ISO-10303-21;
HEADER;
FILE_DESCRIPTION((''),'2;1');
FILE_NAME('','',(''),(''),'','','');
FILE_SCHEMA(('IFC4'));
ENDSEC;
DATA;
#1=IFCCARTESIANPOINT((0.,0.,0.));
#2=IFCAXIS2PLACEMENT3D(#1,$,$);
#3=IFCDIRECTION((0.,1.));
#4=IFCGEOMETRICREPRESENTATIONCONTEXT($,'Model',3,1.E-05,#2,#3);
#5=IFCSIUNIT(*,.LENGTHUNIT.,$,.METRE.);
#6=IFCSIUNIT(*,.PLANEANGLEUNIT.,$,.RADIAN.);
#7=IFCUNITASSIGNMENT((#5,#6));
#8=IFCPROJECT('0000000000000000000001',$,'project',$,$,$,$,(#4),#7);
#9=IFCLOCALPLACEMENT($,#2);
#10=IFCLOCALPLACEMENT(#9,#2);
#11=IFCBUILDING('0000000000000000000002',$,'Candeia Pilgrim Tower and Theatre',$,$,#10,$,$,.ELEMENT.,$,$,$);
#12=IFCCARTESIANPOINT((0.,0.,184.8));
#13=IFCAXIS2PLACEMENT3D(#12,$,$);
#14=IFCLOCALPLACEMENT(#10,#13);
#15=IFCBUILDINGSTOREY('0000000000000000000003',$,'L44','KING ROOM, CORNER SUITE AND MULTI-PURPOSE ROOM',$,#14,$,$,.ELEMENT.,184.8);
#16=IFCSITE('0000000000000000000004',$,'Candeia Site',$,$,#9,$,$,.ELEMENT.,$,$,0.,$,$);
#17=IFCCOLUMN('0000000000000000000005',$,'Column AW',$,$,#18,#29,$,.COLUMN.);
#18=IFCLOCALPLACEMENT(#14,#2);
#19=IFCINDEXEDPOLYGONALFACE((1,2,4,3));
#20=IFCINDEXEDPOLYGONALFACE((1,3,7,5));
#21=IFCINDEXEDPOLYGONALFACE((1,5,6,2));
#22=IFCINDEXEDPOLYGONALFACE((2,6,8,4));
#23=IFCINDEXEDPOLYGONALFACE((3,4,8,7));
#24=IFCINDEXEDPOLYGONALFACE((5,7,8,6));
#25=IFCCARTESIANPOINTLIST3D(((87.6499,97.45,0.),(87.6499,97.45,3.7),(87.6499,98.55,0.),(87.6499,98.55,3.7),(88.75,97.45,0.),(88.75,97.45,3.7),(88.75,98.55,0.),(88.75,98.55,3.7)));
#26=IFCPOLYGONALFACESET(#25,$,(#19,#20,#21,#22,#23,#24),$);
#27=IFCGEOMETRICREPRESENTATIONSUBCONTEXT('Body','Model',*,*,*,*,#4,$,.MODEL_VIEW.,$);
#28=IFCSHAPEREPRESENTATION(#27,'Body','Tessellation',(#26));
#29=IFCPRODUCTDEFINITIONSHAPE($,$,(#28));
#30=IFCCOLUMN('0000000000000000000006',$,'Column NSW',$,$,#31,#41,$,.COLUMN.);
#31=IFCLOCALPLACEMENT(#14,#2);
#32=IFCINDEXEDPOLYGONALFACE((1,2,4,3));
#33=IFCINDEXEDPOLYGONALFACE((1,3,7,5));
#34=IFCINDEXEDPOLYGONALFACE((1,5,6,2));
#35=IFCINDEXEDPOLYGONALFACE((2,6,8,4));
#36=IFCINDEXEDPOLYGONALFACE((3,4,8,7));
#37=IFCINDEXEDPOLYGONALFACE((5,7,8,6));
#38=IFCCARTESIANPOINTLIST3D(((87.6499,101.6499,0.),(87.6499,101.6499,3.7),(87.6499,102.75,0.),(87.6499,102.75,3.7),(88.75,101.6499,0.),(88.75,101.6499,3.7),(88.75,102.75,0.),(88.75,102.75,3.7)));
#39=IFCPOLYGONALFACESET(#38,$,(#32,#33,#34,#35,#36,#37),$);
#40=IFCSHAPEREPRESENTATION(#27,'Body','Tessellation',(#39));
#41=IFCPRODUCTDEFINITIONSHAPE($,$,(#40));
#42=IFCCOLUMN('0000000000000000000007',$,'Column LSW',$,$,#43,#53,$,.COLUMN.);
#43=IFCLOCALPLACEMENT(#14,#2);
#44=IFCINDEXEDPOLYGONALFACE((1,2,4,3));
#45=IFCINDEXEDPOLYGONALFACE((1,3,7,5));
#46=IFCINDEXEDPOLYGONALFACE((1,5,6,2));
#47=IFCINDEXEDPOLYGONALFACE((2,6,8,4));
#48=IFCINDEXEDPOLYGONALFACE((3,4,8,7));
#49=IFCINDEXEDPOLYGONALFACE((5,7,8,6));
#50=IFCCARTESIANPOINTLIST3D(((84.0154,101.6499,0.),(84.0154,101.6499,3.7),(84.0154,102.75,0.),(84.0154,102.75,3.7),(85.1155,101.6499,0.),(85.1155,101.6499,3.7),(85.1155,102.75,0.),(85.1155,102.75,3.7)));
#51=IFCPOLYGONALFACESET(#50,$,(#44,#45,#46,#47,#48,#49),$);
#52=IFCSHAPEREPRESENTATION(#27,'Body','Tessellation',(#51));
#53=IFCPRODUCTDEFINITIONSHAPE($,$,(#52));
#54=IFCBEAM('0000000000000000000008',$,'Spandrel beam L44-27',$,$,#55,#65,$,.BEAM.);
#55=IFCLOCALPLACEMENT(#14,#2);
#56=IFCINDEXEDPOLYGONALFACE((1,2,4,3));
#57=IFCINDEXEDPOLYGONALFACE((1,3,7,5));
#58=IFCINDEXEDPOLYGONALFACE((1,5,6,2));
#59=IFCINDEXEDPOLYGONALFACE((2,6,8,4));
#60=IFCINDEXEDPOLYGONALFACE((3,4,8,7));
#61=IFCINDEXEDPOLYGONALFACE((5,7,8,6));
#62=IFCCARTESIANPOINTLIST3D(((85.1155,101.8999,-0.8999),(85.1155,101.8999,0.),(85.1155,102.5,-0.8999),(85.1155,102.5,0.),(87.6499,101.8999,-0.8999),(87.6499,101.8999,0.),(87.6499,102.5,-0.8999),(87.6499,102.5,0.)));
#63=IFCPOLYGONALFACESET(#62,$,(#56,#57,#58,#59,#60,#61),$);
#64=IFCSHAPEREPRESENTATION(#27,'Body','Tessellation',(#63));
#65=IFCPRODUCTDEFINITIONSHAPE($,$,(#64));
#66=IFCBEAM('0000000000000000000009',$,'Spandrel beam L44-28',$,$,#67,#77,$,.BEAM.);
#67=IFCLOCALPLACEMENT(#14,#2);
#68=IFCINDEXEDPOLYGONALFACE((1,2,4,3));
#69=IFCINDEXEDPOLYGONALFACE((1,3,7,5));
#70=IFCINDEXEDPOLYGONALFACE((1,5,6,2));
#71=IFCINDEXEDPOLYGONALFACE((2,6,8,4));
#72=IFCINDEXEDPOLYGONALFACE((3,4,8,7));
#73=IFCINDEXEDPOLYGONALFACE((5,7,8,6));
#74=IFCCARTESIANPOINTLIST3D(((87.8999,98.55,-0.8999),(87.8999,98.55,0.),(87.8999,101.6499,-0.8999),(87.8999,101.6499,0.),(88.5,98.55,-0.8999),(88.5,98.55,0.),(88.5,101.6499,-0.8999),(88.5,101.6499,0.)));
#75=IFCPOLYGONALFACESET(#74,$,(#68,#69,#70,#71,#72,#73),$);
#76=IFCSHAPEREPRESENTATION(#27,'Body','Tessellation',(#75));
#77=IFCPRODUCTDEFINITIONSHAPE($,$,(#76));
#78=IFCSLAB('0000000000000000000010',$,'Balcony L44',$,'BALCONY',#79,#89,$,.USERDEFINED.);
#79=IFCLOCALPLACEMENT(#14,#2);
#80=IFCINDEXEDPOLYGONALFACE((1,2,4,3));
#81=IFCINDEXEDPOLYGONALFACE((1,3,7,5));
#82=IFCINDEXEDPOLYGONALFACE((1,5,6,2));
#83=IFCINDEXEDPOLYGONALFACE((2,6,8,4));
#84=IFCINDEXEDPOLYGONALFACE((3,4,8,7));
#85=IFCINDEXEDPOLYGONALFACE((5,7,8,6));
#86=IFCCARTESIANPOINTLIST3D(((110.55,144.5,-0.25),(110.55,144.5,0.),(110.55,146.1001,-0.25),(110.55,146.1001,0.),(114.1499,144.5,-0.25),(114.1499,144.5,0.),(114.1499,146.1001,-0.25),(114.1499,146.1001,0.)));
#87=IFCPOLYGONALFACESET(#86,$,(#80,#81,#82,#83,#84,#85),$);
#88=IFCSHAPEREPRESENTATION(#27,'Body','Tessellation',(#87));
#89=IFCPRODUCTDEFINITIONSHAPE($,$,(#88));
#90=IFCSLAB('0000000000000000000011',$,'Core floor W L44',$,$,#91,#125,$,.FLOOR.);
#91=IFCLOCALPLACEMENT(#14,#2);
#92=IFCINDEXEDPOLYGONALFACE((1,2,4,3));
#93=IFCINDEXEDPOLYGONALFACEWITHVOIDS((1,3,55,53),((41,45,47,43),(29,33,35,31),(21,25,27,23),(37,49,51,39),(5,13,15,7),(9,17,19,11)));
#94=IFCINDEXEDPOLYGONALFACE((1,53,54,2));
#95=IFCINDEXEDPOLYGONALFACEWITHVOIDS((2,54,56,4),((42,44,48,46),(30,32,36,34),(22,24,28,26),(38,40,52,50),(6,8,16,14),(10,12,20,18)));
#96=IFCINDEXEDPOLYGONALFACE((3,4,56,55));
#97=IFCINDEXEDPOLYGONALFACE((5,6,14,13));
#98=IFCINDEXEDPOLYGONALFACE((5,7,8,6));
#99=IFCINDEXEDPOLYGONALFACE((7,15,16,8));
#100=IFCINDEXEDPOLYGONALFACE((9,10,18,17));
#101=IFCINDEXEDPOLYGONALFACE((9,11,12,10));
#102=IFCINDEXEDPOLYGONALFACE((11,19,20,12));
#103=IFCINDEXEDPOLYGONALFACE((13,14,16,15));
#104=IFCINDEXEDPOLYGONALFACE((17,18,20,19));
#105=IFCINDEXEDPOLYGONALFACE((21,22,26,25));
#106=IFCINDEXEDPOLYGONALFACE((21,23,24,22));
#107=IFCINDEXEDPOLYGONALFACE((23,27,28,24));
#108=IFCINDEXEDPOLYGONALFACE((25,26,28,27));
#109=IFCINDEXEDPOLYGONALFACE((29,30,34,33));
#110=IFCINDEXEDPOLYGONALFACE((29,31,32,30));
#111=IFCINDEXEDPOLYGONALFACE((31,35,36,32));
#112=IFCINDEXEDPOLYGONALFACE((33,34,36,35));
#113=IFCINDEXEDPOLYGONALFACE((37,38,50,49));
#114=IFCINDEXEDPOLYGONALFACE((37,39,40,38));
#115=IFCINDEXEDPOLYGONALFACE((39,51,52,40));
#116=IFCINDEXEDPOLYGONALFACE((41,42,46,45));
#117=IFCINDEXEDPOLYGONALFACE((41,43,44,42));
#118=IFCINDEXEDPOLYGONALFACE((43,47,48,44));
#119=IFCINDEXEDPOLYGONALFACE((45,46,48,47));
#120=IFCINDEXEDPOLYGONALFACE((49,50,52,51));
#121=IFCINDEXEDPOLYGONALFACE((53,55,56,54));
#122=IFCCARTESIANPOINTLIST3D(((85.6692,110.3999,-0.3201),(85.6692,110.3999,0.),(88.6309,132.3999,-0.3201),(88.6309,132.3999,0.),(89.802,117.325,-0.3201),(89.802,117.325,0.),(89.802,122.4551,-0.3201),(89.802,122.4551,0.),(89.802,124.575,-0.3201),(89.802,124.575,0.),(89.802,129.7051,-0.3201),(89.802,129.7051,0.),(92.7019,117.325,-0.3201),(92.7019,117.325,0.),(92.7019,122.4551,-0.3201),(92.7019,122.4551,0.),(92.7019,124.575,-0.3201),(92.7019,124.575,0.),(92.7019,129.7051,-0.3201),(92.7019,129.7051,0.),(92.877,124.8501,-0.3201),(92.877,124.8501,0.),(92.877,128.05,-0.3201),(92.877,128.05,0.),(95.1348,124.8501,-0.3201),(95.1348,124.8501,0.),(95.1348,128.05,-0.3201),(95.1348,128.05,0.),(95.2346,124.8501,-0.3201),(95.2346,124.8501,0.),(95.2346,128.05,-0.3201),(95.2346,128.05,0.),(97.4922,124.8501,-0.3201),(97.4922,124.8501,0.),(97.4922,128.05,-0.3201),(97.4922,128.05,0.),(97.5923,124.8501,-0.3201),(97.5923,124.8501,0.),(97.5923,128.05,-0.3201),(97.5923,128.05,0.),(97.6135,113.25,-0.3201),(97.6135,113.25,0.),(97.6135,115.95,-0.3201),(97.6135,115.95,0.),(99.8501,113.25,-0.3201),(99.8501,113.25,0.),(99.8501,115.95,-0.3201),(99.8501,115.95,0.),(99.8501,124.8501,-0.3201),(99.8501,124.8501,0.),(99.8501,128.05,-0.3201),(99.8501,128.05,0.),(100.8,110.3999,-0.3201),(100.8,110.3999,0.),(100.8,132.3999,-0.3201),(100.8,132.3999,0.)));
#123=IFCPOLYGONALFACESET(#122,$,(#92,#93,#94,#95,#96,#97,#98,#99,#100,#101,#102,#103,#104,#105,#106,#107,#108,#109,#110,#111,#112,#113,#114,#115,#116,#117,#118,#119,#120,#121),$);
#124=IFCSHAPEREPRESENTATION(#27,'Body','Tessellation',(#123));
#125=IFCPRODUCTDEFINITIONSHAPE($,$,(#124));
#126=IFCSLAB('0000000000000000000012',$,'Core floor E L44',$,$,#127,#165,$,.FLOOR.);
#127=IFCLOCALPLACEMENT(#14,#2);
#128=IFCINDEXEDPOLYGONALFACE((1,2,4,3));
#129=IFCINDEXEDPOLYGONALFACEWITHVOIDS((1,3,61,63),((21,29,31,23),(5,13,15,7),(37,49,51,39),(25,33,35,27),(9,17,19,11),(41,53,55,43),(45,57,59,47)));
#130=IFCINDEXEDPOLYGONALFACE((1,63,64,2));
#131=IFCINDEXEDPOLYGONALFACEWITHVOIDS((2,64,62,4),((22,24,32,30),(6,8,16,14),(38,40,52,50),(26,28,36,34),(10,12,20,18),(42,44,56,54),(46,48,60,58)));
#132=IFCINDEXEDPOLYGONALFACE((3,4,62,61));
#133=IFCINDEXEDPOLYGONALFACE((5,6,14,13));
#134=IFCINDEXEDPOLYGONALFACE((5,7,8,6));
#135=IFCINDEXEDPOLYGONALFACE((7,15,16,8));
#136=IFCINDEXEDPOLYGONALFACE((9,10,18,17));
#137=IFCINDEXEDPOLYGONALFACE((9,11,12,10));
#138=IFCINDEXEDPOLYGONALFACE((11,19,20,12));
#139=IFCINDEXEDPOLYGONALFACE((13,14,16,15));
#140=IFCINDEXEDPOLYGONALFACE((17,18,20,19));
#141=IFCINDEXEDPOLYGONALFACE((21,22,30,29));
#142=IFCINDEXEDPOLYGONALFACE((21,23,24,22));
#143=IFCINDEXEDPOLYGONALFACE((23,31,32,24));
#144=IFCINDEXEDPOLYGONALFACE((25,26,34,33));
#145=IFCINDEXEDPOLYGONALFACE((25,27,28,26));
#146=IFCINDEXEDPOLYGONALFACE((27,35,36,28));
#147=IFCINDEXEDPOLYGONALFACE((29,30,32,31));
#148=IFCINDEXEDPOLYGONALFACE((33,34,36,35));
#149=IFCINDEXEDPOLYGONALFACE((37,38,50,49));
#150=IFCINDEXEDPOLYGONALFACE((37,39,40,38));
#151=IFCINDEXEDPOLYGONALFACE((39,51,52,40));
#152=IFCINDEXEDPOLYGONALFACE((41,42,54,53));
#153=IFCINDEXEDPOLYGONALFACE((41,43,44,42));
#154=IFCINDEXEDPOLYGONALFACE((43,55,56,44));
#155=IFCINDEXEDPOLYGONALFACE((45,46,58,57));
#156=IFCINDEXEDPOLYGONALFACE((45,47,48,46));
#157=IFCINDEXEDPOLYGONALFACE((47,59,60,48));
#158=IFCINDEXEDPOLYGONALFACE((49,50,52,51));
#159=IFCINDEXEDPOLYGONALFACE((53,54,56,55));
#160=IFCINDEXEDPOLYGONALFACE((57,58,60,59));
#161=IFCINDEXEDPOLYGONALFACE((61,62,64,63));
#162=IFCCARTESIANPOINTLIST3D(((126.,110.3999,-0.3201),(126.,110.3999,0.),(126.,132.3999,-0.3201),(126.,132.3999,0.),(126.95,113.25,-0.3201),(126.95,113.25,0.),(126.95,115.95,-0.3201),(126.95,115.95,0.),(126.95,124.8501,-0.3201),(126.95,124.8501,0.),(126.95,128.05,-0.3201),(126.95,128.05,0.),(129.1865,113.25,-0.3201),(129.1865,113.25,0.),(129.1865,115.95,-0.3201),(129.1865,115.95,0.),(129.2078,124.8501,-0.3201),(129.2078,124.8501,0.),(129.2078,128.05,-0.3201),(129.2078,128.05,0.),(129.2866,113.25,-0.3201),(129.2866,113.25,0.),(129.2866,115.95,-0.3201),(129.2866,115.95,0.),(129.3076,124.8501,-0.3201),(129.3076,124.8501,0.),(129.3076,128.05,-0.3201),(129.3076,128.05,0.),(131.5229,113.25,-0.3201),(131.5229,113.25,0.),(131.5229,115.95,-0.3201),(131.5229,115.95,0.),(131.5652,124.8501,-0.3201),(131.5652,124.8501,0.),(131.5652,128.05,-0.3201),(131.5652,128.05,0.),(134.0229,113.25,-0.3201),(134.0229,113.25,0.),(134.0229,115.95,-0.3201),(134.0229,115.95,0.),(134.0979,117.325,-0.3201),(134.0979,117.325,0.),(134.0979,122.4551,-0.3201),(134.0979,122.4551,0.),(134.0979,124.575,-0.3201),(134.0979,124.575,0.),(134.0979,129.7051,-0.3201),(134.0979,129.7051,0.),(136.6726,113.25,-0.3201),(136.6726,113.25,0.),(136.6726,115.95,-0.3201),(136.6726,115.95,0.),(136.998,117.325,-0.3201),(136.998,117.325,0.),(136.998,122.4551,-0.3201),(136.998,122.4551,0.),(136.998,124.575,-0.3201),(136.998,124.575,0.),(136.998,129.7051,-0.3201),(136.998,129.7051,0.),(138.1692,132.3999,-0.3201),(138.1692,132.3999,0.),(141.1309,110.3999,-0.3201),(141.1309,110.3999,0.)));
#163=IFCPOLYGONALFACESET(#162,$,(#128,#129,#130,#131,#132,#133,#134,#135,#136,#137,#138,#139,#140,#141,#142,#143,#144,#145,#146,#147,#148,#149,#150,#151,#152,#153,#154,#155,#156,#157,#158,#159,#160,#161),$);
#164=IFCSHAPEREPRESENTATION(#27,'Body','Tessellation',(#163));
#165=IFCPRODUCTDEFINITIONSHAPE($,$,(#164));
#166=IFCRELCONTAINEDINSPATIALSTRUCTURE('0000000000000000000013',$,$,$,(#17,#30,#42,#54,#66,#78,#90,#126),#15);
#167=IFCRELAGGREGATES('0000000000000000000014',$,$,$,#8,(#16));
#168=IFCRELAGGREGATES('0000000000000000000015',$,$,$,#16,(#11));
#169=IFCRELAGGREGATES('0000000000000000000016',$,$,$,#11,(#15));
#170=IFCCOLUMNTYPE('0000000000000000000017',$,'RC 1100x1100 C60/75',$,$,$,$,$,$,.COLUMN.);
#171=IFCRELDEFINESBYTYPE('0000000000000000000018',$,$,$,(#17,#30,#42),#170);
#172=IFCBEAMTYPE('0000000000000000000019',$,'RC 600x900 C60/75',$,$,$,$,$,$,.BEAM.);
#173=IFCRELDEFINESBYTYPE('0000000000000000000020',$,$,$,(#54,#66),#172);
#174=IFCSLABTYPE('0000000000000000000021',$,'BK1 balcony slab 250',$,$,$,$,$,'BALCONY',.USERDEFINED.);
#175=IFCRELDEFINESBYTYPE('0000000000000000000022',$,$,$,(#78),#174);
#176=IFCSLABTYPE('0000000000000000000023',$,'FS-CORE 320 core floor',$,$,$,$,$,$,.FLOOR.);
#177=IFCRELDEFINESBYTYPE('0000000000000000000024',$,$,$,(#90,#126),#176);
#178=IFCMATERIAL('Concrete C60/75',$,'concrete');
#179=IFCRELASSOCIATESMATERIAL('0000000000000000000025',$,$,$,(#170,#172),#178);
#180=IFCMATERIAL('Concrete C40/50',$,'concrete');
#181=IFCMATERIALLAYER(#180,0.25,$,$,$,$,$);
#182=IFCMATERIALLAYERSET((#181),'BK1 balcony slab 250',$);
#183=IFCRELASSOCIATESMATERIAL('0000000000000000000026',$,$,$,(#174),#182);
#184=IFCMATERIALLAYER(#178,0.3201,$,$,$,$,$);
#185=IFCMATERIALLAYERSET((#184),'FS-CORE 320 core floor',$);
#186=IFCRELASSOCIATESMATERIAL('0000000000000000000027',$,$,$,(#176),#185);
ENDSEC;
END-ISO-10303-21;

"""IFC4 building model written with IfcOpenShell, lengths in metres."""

from ifc_helpers import new_model, si_unit, direction, frame, origin, origin_2d, place, context, subcontext, project, spatial, polyline, rectangle, outline, extrude, material, layer, layer_set, material_profile, profile_set, type_object, element, save


model = new_model("IFC4")

# Units and contexts
model_context = context("Model", 3, precision=1e-05, world=origin(), true_north=direction((0.0, 1.0)))
body_context = subcontext(model_context, "Body", "Model", "MODEL_VIEW")
ifc_project = project(units=[si_unit("LENGTHUNIT", "METRE"), si_unit("PLANEANGLEUNIT", "RADIAN")], contexts=[model_context])

# Site, building, storey
site_placement = place(None, origin())
site = spatial("IfcSite", under=ifc_project, at=site_placement, Name="Candeia Site", CompositionType="ELEMENT", RefElevation=0.0)
building_placement = place(site_placement, origin())
building = spatial("IfcBuilding", under=site, at=building_placement, Name="Candeia Pilgrim Tower and Theatre", CompositionType="ELEMENT")
storey_placement = place(building_placement, frame((0.0, 0.0, 184.8)))
storey = spatial("IfcBuildingStorey", under=building, at=storey_placement, Name="L44", Description="KING ROOM, CORNER SUITE AND MULTI-PURPOSE ROOM", CompositionType="ELEMENT", Elevation=184.8)

# Columns
ifc_material_1 = material(Name="Concrete C60/75", Category="concrete")
ifc_material_profile_1 = material_profile(ifc_material_1, rectangle(XDim=1.1001, YDim=1.1001, at=origin_2d()))
ifc_profile_set_1 = profile_set([ifc_material_profile_1], Name="Concrete C60/75")
column_type = type_object("IfcColumnType", Name="RC 1100x1100 C60/75", PredefinedType="COLUMN", material=ifc_profile_set_1)
for number, where, z_axis, x_axis, name in (
    (1, (88.2, 98.0, 0.0), (0.0, 0.0, 1.0), (1.0, 0.0, 0.0), "Column AW"),
    (2, (88.2, 102.2, 0.0), (0.0, 0.0, 1.0), (1.0, 0.0, 0.0), "Column NSW"),
    (3, (84.5654, 102.2, 0.0), (0.0, 0.0, 1.0), (1.0, 0.0, 0.0), "Column LSW"),
):
    element("IfcColumn", number, at=place(storey_placement, frame(where, z_axis=z_axis, x_axis=x_axis)), inside=storey, type_object=column_type, Name=name, PredefinedType="COLUMN", context=body_context, shape_type="SweptSolid", body=[
        extrude(rectangle(XDim=1.1001, YDim=1.1001, at=origin_2d()), origin(), (0.0, 0.0, 1.0), 3.7),
    ])

# Beams
ifc_material_profile_2 = material_profile(ifc_material_1, rectangle(XDim=0.6001, YDim=0.8999, at=origin_2d()))
ifc_profile_set_2 = profile_set([ifc_material_profile_2], Name="Concrete C60/75")
beam_type = type_object("IfcBeamType", Name="RC 600x900 C60/75", PredefinedType="BEAM", material=ifc_profile_set_2)
beam_1_placement = place(storey_placement, frame((85.1155, 102.2, -0.45), z_axis=(1.0, 0.0, 0.0), x_axis=(0.0, 1.0, 0.0)))
element("IfcBeam", 4, at=beam_1_placement, inside=storey, type_object=beam_type, Name="Spandrel beam L44-27", PredefinedType="BEAM", context=body_context, shape_type="SweptSolid", body=[
    extrude(rectangle(XDim=0.6001, YDim=0.8999, at=origin_2d()), origin(), (0.0, 0.0, 1.0), 2.5344),
])
beam_2_placement = place(storey_placement, frame((88.2, 101.6499, -0.45), z_axis=(0.0, -1.0, 0.0), x_axis=(1.0, 0.0, 0.0)))
element("IfcBeam", 5, at=beam_2_placement, inside=storey, type_object=beam_type, Name="Spandrel beam L44-28", PredefinedType="BEAM", context=body_context, shape_type="SweptSolid", body=[
    extrude(rectangle(XDim=0.6001, YDim=0.8999, at=origin_2d()), origin(), (0.0, 0.0, 1.0), 3.0999),
])

# Slabs
ifc_material_2 = material(Name="Concrete C40/50", Category="concrete")
ifc_layer_1 = layer(ifc_material_2, 0.25)
ifc_layer_set_1 = layer_set([ifc_layer_1], Name="BK1 balcony slab 250")
slab_type_1 = type_object("IfcSlabType", Name="BK1 balcony slab 250", ElementType="BALCONY", PredefinedType="USERDEFINED", material=ifc_layer_set_1)
slab_1_placement = place(storey_placement, frame((0.0, 0.0, -0.25)))
element("IfcSlab", 6, at=slab_1_placement, inside=storey, type_object=slab_type_1, Name="Balcony L44", ObjectType="BALCONY", PredefinedType="USERDEFINED", context=body_context, shape_type="SweptSolid", body=[
    extrude(outline(polyline([(110.55, 144.5), (114.1499, 144.5), (114.1499, 146.1001), (110.55, 146.1001), (110.55, 144.5)])), origin(), (0.0, 0.0, 1.0), 0.25),
])
ifc_layer_2 = layer(ifc_material_1, 0.3201)
ifc_layer_set_2 = layer_set([ifc_layer_2], Name="FS-CORE 320 core floor")
slab_type_2 = type_object("IfcSlabType", Name="FS-CORE 320 core floor", PredefinedType="FLOOR", material=ifc_layer_set_2)
slab_2_placement = place(storey_placement, frame((0.0, 0.0, -0.3201)))
element("IfcSlab", 7, at=slab_2_placement, inside=storey, type_object=slab_type_2, Name="Core floor W L44", PredefinedType="FLOOR", context=body_context, shape_type="SweptSolid", body=[
    extrude(outline(polyline([(100.8, 132.3999), (100.8, 110.3999), (85.6692, 110.3999), (88.6309, 132.3999), (100.8, 132.3999)]), holes=[polyline([(97.5923, 128.05), (97.5923, 124.8501), (99.8501, 124.8501), (99.8501, 128.05), (97.5923, 128.05)]), polyline([(97.6135, 113.25), (99.8501, 113.25), (99.8501, 115.95), (97.6135, 115.95), (97.6135, 113.25)]), polyline([(95.2346, 124.8501), (97.4922, 124.8501), (97.4922, 128.05), (95.2346, 128.05), (95.2346, 124.8501)]), polyline([(92.877, 128.05), (92.877, 124.8501), (95.1348, 124.8501), (95.1348, 128.05), (92.877, 128.05)]), polyline([(89.802, 122.4551), (89.802, 117.325), (92.7019, 117.325), (92.7019, 122.4551), (89.802, 122.4551)]), polyline([(89.802, 129.7051), (89.802, 124.575), (92.7019, 124.575), (92.7019, 129.7051), (89.802, 129.7051)])]), origin(), (0.0, 0.0, 1.0), 0.3201),
])
slab_3_placement = place(storey_placement, frame((0.0, 0.0, -0.3201)))
element("IfcSlab", 8, at=slab_3_placement, inside=storey, type_object=slab_type_2, Name="Core floor E L44", PredefinedType="FLOOR", context=body_context, shape_type="SweptSolid", body=[
    extrude(outline(polyline([(138.1692, 132.3999), (141.1309, 110.3999), (126.0, 110.3999), (126.0, 132.3999), (138.1692, 132.3999)]), holes=[polyline([(134.0979, 122.4551), (134.0979, 117.325), (136.998, 117.325), (136.998, 122.4551), (134.0979, 122.4551)]), polyline([(134.0979, 129.7051), (134.0979, 124.575), (136.998, 124.575), (136.998, 129.7051), (134.0979, 129.7051)]), polyline([(136.6726, 115.95), (134.0229, 115.95), (134.0229, 113.25), (136.6726, 113.25), (136.6726, 115.95)]), polyline([(131.5652, 128.05), (129.3076, 128.05), (129.3076, 124.8501), (131.5652, 124.8501), (131.5652, 128.05)]), polyline([(131.5229, 115.95), (129.2866, 115.95), (129.2866, 113.25), (131.5229, 113.25), (131.5229, 115.95)]), polyline([(129.2078, 128.05), (126.95, 128.05), (126.95, 124.8501), (129.2078, 124.8501), (129.2078, 128.05)]), polyline([(126.95, 115.95), (126.95, 113.25), (129.1865, 113.25), (129.1865, 115.95), (126.95, 115.95)])]), origin(), (0.0, 0.0, 1.0), 0.3201),
])

save(model, "model.ifc")
